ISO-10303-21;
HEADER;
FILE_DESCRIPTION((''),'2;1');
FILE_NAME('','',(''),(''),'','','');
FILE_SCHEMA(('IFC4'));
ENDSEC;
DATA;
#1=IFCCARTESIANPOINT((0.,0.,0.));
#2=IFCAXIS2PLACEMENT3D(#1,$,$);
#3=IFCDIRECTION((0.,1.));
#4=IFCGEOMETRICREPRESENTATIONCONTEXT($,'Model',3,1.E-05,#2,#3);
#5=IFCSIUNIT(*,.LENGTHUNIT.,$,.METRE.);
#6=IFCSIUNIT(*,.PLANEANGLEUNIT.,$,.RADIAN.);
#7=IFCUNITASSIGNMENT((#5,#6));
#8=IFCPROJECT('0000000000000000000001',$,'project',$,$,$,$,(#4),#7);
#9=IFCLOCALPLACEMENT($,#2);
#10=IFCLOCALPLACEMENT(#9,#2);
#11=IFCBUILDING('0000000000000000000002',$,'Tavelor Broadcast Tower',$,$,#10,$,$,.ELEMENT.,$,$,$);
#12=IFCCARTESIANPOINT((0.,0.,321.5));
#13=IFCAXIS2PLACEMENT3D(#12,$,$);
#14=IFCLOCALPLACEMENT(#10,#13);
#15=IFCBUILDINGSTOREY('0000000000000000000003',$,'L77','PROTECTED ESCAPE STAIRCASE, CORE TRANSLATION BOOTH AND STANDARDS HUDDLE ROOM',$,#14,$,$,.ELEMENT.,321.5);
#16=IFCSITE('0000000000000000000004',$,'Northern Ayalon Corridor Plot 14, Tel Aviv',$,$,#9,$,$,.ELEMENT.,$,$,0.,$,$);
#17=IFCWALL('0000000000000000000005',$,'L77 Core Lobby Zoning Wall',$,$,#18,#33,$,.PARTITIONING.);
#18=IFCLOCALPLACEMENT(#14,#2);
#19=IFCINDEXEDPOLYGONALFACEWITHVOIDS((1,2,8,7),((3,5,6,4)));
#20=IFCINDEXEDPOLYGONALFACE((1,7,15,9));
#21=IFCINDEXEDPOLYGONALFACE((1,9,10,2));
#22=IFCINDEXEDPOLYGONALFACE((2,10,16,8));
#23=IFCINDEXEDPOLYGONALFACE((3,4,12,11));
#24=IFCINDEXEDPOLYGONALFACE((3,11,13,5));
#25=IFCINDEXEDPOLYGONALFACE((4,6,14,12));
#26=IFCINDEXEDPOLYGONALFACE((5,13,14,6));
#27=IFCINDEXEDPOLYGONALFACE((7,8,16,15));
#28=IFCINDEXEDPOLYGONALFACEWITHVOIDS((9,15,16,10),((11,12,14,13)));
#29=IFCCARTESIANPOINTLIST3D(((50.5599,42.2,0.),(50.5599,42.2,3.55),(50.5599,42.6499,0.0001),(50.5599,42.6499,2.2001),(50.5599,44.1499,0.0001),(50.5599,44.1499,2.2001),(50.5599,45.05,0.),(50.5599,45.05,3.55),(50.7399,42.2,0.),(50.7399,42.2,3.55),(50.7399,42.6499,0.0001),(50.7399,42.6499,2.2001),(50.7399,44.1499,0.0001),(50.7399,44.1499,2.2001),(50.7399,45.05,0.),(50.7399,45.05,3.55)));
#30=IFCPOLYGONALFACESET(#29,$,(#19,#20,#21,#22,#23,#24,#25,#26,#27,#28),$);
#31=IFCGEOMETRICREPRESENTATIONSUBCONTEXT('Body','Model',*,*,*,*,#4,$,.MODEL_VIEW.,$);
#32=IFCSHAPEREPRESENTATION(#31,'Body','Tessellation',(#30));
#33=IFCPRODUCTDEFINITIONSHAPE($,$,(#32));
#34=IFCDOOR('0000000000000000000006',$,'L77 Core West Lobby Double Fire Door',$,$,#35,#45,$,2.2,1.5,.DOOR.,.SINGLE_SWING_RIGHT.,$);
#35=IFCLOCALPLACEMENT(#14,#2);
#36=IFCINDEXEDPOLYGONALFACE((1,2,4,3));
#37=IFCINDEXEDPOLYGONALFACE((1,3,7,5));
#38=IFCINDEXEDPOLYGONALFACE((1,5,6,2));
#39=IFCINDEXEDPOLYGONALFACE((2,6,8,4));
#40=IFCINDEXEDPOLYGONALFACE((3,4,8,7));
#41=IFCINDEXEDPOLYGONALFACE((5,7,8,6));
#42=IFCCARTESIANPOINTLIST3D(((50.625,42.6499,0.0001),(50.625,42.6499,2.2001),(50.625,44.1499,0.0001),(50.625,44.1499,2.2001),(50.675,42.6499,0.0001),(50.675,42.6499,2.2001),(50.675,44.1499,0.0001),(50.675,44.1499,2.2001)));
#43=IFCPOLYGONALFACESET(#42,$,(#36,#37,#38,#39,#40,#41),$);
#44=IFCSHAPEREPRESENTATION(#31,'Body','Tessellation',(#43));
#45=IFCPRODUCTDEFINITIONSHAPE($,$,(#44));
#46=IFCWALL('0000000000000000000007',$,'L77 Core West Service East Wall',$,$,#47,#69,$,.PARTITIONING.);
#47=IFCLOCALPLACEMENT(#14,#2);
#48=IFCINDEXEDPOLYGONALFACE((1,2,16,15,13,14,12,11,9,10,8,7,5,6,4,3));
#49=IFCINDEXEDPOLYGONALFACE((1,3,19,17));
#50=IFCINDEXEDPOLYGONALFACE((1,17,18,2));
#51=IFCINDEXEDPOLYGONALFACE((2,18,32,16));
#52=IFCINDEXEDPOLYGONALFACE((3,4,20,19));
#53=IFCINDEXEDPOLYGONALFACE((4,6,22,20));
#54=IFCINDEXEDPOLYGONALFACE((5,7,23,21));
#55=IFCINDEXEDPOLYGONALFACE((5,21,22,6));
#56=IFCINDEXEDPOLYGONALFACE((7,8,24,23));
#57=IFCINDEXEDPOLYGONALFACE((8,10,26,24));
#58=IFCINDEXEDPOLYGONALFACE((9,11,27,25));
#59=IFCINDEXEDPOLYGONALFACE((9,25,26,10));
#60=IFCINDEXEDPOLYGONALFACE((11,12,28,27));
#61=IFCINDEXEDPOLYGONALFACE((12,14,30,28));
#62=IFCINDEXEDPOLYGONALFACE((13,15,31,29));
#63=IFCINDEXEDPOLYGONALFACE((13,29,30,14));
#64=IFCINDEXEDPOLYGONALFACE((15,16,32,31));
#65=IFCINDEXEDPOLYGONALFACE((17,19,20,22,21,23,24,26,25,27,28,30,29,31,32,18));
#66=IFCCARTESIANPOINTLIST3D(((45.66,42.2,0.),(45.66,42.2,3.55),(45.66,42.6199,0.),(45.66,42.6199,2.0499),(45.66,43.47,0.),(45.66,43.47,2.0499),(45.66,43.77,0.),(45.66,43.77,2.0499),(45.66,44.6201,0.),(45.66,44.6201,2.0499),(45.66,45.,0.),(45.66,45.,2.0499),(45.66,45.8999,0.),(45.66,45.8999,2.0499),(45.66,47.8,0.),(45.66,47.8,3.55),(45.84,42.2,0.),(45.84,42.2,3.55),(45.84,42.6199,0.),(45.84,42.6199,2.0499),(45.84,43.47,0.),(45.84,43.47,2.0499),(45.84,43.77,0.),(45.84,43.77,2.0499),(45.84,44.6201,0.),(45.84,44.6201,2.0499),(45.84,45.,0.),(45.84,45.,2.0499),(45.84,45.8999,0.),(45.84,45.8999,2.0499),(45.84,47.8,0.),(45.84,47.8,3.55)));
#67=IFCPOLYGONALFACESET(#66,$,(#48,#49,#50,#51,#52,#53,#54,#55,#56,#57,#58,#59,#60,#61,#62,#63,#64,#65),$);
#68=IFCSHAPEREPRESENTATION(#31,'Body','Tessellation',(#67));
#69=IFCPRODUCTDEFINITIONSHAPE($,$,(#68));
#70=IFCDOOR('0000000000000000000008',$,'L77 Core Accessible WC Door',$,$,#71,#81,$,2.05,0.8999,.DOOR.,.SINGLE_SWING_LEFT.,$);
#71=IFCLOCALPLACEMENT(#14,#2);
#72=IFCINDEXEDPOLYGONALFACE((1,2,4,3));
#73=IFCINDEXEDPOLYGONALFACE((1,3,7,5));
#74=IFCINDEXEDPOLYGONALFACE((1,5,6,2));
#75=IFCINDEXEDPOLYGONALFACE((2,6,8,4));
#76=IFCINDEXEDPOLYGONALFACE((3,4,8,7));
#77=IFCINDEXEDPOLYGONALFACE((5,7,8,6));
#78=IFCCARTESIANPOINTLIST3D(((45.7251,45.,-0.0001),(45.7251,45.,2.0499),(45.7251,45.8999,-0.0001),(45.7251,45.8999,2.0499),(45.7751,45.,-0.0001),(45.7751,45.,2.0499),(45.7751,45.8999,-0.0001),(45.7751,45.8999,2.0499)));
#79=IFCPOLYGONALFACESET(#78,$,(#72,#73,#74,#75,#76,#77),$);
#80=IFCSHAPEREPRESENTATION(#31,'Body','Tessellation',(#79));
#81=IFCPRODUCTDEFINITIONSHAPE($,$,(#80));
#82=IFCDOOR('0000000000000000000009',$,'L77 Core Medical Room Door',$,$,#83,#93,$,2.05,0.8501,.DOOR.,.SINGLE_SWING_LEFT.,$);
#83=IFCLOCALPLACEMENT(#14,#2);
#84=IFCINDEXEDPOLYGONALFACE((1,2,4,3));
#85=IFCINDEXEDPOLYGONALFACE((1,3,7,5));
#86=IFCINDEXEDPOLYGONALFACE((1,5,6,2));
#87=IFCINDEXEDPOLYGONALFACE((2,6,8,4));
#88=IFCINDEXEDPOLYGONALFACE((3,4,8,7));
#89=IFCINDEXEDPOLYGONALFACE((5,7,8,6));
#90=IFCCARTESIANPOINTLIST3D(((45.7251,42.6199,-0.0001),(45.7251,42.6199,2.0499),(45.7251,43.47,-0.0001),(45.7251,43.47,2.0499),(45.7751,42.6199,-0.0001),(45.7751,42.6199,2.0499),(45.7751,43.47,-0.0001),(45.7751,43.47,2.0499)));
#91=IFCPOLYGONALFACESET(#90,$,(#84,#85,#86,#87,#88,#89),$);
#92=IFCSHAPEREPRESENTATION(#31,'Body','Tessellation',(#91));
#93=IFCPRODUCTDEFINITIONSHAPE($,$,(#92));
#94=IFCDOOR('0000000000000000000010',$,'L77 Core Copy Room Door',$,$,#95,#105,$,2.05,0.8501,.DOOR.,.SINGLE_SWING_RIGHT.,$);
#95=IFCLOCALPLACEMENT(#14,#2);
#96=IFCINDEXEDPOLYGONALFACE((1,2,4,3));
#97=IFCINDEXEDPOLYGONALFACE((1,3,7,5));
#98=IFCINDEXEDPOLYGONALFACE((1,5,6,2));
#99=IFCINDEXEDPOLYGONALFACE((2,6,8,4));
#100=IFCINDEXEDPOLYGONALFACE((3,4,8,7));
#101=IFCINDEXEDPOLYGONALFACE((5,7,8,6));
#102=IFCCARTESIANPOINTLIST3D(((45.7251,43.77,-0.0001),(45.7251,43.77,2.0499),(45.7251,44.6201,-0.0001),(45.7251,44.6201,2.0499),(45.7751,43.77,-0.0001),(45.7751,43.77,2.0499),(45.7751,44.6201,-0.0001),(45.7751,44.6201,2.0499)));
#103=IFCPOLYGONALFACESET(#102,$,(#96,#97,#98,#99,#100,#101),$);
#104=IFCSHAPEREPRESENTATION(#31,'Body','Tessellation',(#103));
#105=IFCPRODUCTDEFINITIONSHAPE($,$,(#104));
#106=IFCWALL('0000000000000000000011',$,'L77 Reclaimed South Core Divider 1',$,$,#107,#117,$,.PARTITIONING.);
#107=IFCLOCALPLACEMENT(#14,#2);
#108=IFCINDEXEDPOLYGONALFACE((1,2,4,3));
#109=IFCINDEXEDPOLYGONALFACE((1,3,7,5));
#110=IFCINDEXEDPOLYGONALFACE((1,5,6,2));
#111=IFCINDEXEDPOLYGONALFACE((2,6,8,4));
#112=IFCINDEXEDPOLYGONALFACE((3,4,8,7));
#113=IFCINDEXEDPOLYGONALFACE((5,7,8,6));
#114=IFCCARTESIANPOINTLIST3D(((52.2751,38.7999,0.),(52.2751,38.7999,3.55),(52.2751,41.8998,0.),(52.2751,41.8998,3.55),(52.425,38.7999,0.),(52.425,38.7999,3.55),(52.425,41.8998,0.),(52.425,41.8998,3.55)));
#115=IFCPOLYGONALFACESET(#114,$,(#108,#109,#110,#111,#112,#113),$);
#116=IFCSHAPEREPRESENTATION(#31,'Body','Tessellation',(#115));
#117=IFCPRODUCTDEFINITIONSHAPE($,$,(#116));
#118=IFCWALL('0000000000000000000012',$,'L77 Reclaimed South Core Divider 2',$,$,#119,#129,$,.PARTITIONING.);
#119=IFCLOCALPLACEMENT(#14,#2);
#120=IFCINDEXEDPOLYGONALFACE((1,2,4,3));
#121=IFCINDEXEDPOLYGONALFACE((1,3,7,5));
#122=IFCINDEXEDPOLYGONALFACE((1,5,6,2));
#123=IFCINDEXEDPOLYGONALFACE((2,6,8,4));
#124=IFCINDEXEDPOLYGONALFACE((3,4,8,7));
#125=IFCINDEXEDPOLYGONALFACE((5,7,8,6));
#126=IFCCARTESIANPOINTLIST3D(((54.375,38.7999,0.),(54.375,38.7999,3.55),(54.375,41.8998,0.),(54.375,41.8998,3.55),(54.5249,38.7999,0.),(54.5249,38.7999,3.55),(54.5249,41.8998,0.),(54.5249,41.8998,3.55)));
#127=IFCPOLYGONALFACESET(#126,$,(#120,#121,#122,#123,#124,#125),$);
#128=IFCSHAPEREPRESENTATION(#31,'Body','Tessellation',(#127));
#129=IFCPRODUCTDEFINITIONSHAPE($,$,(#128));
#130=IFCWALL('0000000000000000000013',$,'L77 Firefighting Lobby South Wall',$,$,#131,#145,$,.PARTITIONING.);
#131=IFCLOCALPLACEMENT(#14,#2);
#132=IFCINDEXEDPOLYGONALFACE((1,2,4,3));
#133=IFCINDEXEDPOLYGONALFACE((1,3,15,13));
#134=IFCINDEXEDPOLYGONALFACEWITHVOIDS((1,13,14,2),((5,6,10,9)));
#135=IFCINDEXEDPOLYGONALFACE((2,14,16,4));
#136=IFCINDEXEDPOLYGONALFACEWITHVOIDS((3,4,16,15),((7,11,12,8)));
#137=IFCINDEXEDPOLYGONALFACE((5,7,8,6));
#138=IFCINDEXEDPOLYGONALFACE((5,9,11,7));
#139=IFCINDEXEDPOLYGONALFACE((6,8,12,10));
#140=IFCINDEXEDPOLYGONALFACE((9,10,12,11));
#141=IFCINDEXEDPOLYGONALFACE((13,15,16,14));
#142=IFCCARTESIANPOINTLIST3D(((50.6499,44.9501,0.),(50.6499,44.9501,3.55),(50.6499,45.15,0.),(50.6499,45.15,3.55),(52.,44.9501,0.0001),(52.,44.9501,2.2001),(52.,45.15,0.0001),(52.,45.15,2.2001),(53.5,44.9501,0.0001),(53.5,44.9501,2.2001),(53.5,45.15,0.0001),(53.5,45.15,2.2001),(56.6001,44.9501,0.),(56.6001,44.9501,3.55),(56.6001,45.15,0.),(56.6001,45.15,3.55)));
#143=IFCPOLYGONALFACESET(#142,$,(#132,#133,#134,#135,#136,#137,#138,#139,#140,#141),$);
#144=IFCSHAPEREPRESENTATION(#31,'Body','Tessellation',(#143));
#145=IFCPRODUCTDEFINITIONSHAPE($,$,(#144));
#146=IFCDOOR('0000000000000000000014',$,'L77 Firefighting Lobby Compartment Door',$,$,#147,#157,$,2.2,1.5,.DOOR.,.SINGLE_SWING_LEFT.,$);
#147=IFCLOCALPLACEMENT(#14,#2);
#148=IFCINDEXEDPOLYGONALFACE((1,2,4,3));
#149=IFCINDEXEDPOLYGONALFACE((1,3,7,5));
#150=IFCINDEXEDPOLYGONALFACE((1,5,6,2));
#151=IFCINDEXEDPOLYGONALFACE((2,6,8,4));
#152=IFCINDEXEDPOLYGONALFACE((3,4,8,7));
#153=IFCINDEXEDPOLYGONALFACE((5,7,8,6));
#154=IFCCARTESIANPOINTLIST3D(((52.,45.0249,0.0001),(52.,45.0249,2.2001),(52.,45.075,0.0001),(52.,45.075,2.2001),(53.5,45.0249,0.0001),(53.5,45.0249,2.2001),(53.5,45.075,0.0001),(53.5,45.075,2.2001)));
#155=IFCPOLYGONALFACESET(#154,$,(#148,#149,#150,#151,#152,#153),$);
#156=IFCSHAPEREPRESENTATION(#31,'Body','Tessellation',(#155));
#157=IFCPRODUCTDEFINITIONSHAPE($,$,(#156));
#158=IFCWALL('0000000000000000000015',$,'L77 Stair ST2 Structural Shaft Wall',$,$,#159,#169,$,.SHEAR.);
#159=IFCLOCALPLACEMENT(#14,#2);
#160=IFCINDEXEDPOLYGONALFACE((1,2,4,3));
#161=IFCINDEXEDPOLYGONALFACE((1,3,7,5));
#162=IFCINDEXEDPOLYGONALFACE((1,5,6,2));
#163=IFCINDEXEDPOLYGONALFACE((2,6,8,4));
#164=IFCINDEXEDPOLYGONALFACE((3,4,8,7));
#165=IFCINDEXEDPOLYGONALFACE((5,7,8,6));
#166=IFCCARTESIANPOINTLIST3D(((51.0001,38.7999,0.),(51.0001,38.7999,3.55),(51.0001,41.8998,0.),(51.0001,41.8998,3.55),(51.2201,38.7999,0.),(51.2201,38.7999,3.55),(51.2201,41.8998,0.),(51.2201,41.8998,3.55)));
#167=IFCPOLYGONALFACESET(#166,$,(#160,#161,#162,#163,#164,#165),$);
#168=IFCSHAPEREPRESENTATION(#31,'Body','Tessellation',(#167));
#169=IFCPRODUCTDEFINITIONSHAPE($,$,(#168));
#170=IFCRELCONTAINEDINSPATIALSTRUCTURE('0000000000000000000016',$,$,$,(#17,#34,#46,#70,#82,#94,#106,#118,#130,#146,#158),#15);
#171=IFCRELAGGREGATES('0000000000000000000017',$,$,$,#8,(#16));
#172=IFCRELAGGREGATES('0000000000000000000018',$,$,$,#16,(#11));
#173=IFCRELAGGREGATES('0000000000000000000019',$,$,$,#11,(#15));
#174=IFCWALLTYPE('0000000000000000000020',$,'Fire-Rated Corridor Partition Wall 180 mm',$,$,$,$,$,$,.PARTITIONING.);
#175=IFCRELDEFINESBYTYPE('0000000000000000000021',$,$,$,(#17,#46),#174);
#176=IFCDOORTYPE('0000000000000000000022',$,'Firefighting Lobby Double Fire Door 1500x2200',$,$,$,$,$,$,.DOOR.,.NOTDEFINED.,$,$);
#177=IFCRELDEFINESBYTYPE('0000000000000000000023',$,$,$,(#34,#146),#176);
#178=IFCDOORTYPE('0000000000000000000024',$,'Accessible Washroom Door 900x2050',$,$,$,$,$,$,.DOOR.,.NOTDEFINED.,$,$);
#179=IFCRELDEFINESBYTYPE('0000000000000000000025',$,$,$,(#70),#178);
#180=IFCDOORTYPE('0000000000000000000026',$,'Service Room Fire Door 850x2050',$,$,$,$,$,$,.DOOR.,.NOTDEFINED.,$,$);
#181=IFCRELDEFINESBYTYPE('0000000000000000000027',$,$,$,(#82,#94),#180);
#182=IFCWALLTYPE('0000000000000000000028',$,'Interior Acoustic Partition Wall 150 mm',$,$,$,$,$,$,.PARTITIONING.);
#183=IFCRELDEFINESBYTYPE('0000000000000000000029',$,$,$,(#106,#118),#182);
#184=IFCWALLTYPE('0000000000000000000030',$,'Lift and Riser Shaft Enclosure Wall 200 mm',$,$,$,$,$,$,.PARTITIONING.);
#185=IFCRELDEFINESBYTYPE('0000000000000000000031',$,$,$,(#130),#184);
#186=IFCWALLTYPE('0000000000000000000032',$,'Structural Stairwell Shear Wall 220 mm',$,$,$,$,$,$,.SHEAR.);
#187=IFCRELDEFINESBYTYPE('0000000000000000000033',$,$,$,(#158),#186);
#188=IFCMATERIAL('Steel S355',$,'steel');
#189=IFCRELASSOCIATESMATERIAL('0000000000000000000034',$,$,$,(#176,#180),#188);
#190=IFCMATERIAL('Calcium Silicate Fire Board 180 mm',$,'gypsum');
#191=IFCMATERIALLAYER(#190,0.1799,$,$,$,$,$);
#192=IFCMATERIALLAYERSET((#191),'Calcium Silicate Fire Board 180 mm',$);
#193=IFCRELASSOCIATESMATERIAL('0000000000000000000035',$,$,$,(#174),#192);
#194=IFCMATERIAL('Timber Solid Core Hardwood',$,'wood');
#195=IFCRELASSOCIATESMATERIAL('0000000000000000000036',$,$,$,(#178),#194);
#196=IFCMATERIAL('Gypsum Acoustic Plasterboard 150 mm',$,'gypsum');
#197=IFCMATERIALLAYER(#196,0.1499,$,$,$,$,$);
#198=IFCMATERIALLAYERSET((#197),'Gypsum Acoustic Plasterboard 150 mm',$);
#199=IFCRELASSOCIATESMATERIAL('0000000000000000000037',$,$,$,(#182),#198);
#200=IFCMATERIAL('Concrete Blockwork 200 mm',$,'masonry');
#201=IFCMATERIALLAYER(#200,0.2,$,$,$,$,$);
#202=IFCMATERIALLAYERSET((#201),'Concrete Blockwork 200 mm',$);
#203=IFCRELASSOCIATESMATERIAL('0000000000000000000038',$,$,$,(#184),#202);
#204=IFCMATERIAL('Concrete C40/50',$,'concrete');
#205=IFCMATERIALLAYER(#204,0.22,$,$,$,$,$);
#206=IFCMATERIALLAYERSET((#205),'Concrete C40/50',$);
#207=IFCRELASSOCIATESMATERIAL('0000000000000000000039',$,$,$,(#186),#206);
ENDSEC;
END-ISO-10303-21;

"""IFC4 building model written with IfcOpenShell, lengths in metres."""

from ifc_helpers import new_model, si_unit, direction, frame, frame_2d, origin, place, context, subcontext, project, spatial, rectangle, extrude, material, layer, layer_set, type_object, element, fill, save


model = new_model("IFC4")

# Units and contexts
model_context = context("Model", 3, precision=1e-05, world=origin(), true_north=direction((0.0, 1.0)))
body_context = subcontext(model_context, "Body", "Model", "MODEL_VIEW")
ifc_project = project(units=[si_unit("LENGTHUNIT", "METRE"), si_unit("PLANEANGLEUNIT", "RADIAN")], contexts=[model_context])

# Site, building, storey
site_placement = place(None, origin())
site = spatial("IfcSite", under=ifc_project, at=site_placement, Name="Northern Ayalon Corridor Plot 14, Tel Aviv", CompositionType="ELEMENT", RefElevation=0.0)
building_placement = place(site_placement, origin())
building = spatial("IfcBuilding", under=site, at=building_placement, Name="Tavelor Broadcast Tower", CompositionType="ELEMENT")
storey_placement = place(building_placement, frame((0.0, 0.0, 321.5)))
storey = spatial("IfcBuildingStorey", under=building, at=storey_placement, Name="L77", Description="PROTECTED ESCAPE STAIRCASE, CORE TRANSLATION BOOTH AND STANDARDS HUDDLE ROOM", CompositionType="ELEMENT", Elevation=321.5)

# Shared definitions
ifc_material_1 = material(Name="Concrete C40/50", Category="concrete")
ifc_material_2 = material(Name="Steel S355", Category="steel")

# Wall, opening, door
door_type_1 = type_object("IfcDoorType", Name="Firefighting Lobby Double Fire Door 1500x2200", OperationType="NOTDEFINED", PredefinedType="DOOR", material=ifc_material_2)
ifc_material_3 = material(Name="Calcium Silicate Fire Board 180 mm", Category="gypsum")
ifc_layer_1 = layer(ifc_material_3, 0.1799)
ifc_layer_set_1 = layer_set([ifc_layer_1], Name="Calcium Silicate Fire Board 180 mm")
wall_type_1 = type_object("IfcWallType", Name="Fire-Rated Corridor Partition Wall 180 mm", PredefinedType="PARTITIONING", material=ifc_layer_set_1)
wall_1_placement = place(storey_placement, frame((50.6499, 42.2, 0.0), z_axis=(0.0, 0.0, 1.0), x_axis=(0.0, 1.0, 0.0)))
wall_1 = element("IfcWall", 1, at=wall_1_placement, inside=storey, type_object=wall_type_1, Name="L77 Core Lobby Zoning Wall", PredefinedType="PARTITIONING", context=body_context, shape_type="SweptSolid", body=[
    extrude(rectangle(XDim=2.8501, YDim=0.1799, at=frame_2d((1.425, 0.0))), origin(), (0.0, 0.0, 1.0), 3.55),
])
opening_1_placement = place(wall_1_placement, frame((0.45, 0.0, 0.0)))
opening_1 = element("IfcOpeningElement", 2, at=opening_1_placement, cuts=wall_1, PredefinedType="OPENING", context=body_context, shape_type="SweptSolid", body=[
    extrude(rectangle(XDim=1.5, YDim=2.2, at=frame_2d((0.75, 1.1001))), frame((0.0, 0.1001, 0.0), z_axis=(0.0, -1.0, 0.0), x_axis=(1.0, 0.0, 0.0)), (0.0, 0.0, 1.0), 0.2),
])
door_1_placement = place(opening_1_placement, origin())
door_1 = element("IfcDoor", 3, at=door_1_placement, inside=storey, type_object=door_type_1, Name="L77 Core West Lobby Double Fire Door", OperationType="SINGLE_SWING_RIGHT", OverallHeight=2.2, OverallWidth=1.5, PredefinedType="DOOR", context=body_context, shape_type="SweptSolid", body=[
    extrude(rectangle(XDim=1.5, YDim=2.2, at=frame_2d((0.75, 1.1001))), frame((0.0, 0.0249, 0.0), z_axis=(0.0, -1.0, 0.0), x_axis=(1.0, 0.0, 0.0)), (0.0, 0.0, 1.0), 0.05),
])
fill(opening_1, door_1)

# Wall, openings, doors
wall_2_placement = place(storey_placement, frame((45.75, 42.2, 0.0), z_axis=(0.0, 0.0, 1.0), x_axis=(0.0, 1.0, 0.0)))
wall_2 = element("IfcWall", 4, at=wall_2_placement, inside=storey, type_object=wall_type_1, Name="L77 Core West Service East Wall", PredefinedType="PARTITIONING", context=body_context, shape_type="SweptSolid", body=[
    extrude(rectangle(XDim=5.6001, YDim=0.1799, at=frame_2d((2.8, 0.0))), origin(), (0.0, 0.0, 1.0), 3.55),
])
opening_2_placement = place(wall_2_placement, frame((0.4199, 0.0, 0.0)))
opening_2 = element("IfcOpeningElement", 5, at=opening_2_placement, cuts=wall_2, PredefinedType="OPENING", context=body_context, shape_type="SweptSolid", body=[
    extrude(rectangle(XDim=0.8501, YDim=2.05, at=frame_2d((0.425, 1.0249))), frame((0.0, 0.1001, 0.0), z_axis=(0.0, -1.0, 0.0), x_axis=(1.0, 0.0, 0.0)), (0.0, 0.0, 1.0), 0.2),
])
opening_3_placement = place(wall_2_placement, frame((1.5701, 0.0, 0.0)))
opening_3 = element("IfcOpeningElement", 6, at=opening_3_placement, cuts=wall_2, PredefinedType="OPENING", context=body_context, shape_type="SweptSolid", body=[
    extrude(rectangle(XDim=0.8501, YDim=2.05, at=frame_2d((0.425, 1.0249))), frame((0.0, 0.1001, 0.0), z_axis=(0.0, -1.0, 0.0), x_axis=(1.0, 0.0, 0.0)), (0.0, 0.0, 1.0), 0.2),
])
opening_4_placement = place(wall_2_placement, frame((2.8, 0.0, 0.0)))
opening_4 = element("IfcOpeningElement", 7, at=opening_4_placement, cuts=wall_2, PredefinedType="OPENING", context=body_context, shape_type="SweptSolid", body=[
    extrude(rectangle(XDim=0.8999, YDim=2.05, at=frame_2d((0.45, 1.0249))), frame((0.0, 0.1001, 0.0), z_axis=(0.0, -1.0, 0.0), x_axis=(1.0, 0.0, 0.0)), (0.0, 0.0, 1.0), 0.2),
])
ifc_material_4 = material(Name="Timber Solid Core Hardwood", Category="wood")
door_type_2 = type_object("IfcDoorType", Name="Accessible Washroom Door 900x2050", OperationType="NOTDEFINED", PredefinedType="DOOR", material=ifc_material_4)
door_2_placement = place(opening_4_placement, origin())
door_2 = element("IfcDoor", 8, at=door_2_placement, inside=storey, type_object=door_type_2, Name="L77 Core Accessible WC Door", OperationType="SINGLE_SWING_LEFT", OverallHeight=2.05, OverallWidth=0.8999, PredefinedType="DOOR", context=body_context, shape_type="SweptSolid", body=[
    extrude(rectangle(XDim=0.8999, YDim=2.05, at=frame_2d((0.45, 1.0249))), frame((0.0, 0.0249, 0.0), z_axis=(0.0, -1.0, 0.0), x_axis=(1.0, 0.0, 0.0)), (0.0, 0.0, 1.0), 0.05),
])
fill(opening_4, door_2)
door_type_3 = type_object("IfcDoorType", Name="Service Room Fire Door 850x2050", OperationType="NOTDEFINED", PredefinedType="DOOR", material=ifc_material_2)
door_3_placement = place(opening_2_placement, origin())
door_3 = element("IfcDoor", 9, at=door_3_placement, inside=storey, type_object=door_type_3, Name="L77 Core Medical Room Door", OperationType="SINGLE_SWING_LEFT", OverallHeight=2.05, OverallWidth=0.8501, PredefinedType="DOOR", context=body_context, shape_type="SweptSolid", body=[
    extrude(rectangle(XDim=0.8501, YDim=2.05, at=frame_2d((0.425, 1.0249))), frame((0.0, 0.0249, 0.0), z_axis=(0.0, -1.0, 0.0), x_axis=(1.0, 0.0, 0.0)), (0.0, 0.0, 1.0), 0.05),
])
fill(opening_2, door_3)
door_4_placement = place(opening_3_placement, origin())
door_4 = element("IfcDoor", 10, at=door_4_placement, inside=storey, type_object=door_type_3, Name="L77 Core Copy Room Door", OperationType="SINGLE_SWING_RIGHT", OverallHeight=2.05, OverallWidth=0.8501, PredefinedType="DOOR", context=body_context, shape_type="SweptSolid", body=[
    extrude(rectangle(XDim=0.8501, YDim=2.05, at=frame_2d((0.425, 1.0249))), frame((0.0, 0.0249, 0.0), z_axis=(0.0, -1.0, 0.0), x_axis=(1.0, 0.0, 0.0)), (0.0, 0.0, 1.0), 0.05),
])
fill(opening_3, door_4)

# Walls
ifc_material_5 = material(Name="Gypsum Acoustic Plasterboard 150 mm", Category="gypsum")
ifc_layer_2 = layer(ifc_material_5, 0.1499)
ifc_layer_set_2 = layer_set([ifc_layer_2], Name="Gypsum Acoustic Plasterboard 150 mm")
wall_type_2 = type_object("IfcWallType", Name="Interior Acoustic Partition Wall 150 mm", PredefinedType="PARTITIONING", material=ifc_layer_set_2)
for number, where, z_axis, x_axis, name in (
    (11, (52.3501, 38.8, 0.0), (0.0, 0.0, 1.0), (0.0, 1.0, 0.0), "L77 Reclaimed South Core Divider 1"),
    (12, (54.45, 38.8, 0.0), (0.0, 0.0, 1.0), (0.0, 1.0, 0.0), "L77 Reclaimed South Core Divider 2"),
):
    element("IfcWall", number, at=place(storey_placement, frame(where, z_axis=z_axis, x_axis=x_axis)), inside=storey, type_object=wall_type_2, Name=name, PredefinedType="PARTITIONING", context=body_context, shape_type="SweptSolid", body=[
        extrude(rectangle(XDim=3.0999, YDim=0.1499, at=frame_2d((1.5498, 0.0))), origin(), (0.0, 0.0, 1.0), 3.55),
    ])

# Wall, opening, door
ifc_material_6 = material(Name="Concrete Blockwork 200 mm", Category="masonry")
ifc_layer_3 = layer(ifc_material_6, 0.2)
ifc_layer_set_3 = layer_set([ifc_layer_3], Name="Concrete Blockwork 200 mm")
wall_type_3 = type_object("IfcWallType", Name="Lift and Riser Shaft Enclosure Wall 200 mm", PredefinedType="PARTITIONING", material=ifc_layer_set_3)
wall_3_placement = place(storey_placement, frame((50.6499, 45.05, 0.0), z_axis=(0.0, 0.0, 1.0), x_axis=(1.0, 0.0, 0.0)))
wall_3 = element("IfcWall", 13, at=wall_3_placement, inside=storey, type_object=wall_type_3, Name="L77 Firefighting Lobby South Wall", PredefinedType="PARTITIONING", context=body_context, shape_type="SweptSolid", body=[
    extrude(rectangle(XDim=5.9502, YDim=0.2, at=frame_2d((2.9751, 0.0))), origin(), (0.0, 0.0, 1.0), 3.55),
])
opening_5_placement = place(wall_3_placement, frame((1.3501, 0.0, 0.0)))
opening_5 = element("IfcOpeningElement", 14, at=opening_5_placement, cuts=wall_3, PredefinedType="OPENING", context=body_context, shape_type="SweptSolid", body=[
    extrude(rectangle(XDim=1.5, YDim=2.2, at=frame_2d((0.75, 1.1001))), frame((0.0, 0.1099, 0.0), z_axis=(0.0, -1.0, 0.0), x_axis=(1.0, 0.0, 0.0)), (0.0, 0.0, 1.0), 0.22),
])
door_5_placement = place(opening_5_placement, origin())
door_5 = element("IfcDoor", 15, at=door_5_placement, inside=storey, type_object=door_type_1, Name="L77 Firefighting Lobby Compartment Door", OperationType="SINGLE_SWING_LEFT", OverallHeight=2.2, OverallWidth=1.5, PredefinedType="DOOR", context=body_context, shape_type="SweptSolid", body=[
    extrude(rectangle(XDim=1.5, YDim=2.2, at=frame_2d((0.75, 1.1001))), frame((0.0, 0.0249, 0.0), z_axis=(0.0, -1.0, 0.0), x_axis=(1.0, 0.0, 0.0)), (0.0, 0.0, 1.0), 0.05),
])
fill(opening_5, door_5)

# Wall
ifc_layer_4 = layer(ifc_material_1, 0.22)
ifc_layer_set_4 = layer_set([ifc_layer_4], Name="Concrete C40/50")
wall_type_4 = type_object("IfcWallType", Name="Structural Stairwell Shear Wall 220 mm", PredefinedType="SHEAR", material=ifc_layer_set_4)
wall_4_placement = place(storey_placement, frame((51.1101, 38.8, 0.0), z_axis=(0.0, 0.0, 1.0), x_axis=(0.0, 1.0, 0.0)))
element("IfcWall", 16, at=wall_4_placement, inside=storey, type_object=wall_type_4, Name="L77 Stair ST2 Structural Shaft Wall", PredefinedType="SHEAR", context=body_context, shape_type="SweptSolid", body=[
    extrude(rectangle(XDim=3.0999, YDim=0.22, at=frame_2d((1.5498, 0.0))), origin(), (0.0, 0.0, 1.0), 3.55),
])

save(model, "model.ifc")
